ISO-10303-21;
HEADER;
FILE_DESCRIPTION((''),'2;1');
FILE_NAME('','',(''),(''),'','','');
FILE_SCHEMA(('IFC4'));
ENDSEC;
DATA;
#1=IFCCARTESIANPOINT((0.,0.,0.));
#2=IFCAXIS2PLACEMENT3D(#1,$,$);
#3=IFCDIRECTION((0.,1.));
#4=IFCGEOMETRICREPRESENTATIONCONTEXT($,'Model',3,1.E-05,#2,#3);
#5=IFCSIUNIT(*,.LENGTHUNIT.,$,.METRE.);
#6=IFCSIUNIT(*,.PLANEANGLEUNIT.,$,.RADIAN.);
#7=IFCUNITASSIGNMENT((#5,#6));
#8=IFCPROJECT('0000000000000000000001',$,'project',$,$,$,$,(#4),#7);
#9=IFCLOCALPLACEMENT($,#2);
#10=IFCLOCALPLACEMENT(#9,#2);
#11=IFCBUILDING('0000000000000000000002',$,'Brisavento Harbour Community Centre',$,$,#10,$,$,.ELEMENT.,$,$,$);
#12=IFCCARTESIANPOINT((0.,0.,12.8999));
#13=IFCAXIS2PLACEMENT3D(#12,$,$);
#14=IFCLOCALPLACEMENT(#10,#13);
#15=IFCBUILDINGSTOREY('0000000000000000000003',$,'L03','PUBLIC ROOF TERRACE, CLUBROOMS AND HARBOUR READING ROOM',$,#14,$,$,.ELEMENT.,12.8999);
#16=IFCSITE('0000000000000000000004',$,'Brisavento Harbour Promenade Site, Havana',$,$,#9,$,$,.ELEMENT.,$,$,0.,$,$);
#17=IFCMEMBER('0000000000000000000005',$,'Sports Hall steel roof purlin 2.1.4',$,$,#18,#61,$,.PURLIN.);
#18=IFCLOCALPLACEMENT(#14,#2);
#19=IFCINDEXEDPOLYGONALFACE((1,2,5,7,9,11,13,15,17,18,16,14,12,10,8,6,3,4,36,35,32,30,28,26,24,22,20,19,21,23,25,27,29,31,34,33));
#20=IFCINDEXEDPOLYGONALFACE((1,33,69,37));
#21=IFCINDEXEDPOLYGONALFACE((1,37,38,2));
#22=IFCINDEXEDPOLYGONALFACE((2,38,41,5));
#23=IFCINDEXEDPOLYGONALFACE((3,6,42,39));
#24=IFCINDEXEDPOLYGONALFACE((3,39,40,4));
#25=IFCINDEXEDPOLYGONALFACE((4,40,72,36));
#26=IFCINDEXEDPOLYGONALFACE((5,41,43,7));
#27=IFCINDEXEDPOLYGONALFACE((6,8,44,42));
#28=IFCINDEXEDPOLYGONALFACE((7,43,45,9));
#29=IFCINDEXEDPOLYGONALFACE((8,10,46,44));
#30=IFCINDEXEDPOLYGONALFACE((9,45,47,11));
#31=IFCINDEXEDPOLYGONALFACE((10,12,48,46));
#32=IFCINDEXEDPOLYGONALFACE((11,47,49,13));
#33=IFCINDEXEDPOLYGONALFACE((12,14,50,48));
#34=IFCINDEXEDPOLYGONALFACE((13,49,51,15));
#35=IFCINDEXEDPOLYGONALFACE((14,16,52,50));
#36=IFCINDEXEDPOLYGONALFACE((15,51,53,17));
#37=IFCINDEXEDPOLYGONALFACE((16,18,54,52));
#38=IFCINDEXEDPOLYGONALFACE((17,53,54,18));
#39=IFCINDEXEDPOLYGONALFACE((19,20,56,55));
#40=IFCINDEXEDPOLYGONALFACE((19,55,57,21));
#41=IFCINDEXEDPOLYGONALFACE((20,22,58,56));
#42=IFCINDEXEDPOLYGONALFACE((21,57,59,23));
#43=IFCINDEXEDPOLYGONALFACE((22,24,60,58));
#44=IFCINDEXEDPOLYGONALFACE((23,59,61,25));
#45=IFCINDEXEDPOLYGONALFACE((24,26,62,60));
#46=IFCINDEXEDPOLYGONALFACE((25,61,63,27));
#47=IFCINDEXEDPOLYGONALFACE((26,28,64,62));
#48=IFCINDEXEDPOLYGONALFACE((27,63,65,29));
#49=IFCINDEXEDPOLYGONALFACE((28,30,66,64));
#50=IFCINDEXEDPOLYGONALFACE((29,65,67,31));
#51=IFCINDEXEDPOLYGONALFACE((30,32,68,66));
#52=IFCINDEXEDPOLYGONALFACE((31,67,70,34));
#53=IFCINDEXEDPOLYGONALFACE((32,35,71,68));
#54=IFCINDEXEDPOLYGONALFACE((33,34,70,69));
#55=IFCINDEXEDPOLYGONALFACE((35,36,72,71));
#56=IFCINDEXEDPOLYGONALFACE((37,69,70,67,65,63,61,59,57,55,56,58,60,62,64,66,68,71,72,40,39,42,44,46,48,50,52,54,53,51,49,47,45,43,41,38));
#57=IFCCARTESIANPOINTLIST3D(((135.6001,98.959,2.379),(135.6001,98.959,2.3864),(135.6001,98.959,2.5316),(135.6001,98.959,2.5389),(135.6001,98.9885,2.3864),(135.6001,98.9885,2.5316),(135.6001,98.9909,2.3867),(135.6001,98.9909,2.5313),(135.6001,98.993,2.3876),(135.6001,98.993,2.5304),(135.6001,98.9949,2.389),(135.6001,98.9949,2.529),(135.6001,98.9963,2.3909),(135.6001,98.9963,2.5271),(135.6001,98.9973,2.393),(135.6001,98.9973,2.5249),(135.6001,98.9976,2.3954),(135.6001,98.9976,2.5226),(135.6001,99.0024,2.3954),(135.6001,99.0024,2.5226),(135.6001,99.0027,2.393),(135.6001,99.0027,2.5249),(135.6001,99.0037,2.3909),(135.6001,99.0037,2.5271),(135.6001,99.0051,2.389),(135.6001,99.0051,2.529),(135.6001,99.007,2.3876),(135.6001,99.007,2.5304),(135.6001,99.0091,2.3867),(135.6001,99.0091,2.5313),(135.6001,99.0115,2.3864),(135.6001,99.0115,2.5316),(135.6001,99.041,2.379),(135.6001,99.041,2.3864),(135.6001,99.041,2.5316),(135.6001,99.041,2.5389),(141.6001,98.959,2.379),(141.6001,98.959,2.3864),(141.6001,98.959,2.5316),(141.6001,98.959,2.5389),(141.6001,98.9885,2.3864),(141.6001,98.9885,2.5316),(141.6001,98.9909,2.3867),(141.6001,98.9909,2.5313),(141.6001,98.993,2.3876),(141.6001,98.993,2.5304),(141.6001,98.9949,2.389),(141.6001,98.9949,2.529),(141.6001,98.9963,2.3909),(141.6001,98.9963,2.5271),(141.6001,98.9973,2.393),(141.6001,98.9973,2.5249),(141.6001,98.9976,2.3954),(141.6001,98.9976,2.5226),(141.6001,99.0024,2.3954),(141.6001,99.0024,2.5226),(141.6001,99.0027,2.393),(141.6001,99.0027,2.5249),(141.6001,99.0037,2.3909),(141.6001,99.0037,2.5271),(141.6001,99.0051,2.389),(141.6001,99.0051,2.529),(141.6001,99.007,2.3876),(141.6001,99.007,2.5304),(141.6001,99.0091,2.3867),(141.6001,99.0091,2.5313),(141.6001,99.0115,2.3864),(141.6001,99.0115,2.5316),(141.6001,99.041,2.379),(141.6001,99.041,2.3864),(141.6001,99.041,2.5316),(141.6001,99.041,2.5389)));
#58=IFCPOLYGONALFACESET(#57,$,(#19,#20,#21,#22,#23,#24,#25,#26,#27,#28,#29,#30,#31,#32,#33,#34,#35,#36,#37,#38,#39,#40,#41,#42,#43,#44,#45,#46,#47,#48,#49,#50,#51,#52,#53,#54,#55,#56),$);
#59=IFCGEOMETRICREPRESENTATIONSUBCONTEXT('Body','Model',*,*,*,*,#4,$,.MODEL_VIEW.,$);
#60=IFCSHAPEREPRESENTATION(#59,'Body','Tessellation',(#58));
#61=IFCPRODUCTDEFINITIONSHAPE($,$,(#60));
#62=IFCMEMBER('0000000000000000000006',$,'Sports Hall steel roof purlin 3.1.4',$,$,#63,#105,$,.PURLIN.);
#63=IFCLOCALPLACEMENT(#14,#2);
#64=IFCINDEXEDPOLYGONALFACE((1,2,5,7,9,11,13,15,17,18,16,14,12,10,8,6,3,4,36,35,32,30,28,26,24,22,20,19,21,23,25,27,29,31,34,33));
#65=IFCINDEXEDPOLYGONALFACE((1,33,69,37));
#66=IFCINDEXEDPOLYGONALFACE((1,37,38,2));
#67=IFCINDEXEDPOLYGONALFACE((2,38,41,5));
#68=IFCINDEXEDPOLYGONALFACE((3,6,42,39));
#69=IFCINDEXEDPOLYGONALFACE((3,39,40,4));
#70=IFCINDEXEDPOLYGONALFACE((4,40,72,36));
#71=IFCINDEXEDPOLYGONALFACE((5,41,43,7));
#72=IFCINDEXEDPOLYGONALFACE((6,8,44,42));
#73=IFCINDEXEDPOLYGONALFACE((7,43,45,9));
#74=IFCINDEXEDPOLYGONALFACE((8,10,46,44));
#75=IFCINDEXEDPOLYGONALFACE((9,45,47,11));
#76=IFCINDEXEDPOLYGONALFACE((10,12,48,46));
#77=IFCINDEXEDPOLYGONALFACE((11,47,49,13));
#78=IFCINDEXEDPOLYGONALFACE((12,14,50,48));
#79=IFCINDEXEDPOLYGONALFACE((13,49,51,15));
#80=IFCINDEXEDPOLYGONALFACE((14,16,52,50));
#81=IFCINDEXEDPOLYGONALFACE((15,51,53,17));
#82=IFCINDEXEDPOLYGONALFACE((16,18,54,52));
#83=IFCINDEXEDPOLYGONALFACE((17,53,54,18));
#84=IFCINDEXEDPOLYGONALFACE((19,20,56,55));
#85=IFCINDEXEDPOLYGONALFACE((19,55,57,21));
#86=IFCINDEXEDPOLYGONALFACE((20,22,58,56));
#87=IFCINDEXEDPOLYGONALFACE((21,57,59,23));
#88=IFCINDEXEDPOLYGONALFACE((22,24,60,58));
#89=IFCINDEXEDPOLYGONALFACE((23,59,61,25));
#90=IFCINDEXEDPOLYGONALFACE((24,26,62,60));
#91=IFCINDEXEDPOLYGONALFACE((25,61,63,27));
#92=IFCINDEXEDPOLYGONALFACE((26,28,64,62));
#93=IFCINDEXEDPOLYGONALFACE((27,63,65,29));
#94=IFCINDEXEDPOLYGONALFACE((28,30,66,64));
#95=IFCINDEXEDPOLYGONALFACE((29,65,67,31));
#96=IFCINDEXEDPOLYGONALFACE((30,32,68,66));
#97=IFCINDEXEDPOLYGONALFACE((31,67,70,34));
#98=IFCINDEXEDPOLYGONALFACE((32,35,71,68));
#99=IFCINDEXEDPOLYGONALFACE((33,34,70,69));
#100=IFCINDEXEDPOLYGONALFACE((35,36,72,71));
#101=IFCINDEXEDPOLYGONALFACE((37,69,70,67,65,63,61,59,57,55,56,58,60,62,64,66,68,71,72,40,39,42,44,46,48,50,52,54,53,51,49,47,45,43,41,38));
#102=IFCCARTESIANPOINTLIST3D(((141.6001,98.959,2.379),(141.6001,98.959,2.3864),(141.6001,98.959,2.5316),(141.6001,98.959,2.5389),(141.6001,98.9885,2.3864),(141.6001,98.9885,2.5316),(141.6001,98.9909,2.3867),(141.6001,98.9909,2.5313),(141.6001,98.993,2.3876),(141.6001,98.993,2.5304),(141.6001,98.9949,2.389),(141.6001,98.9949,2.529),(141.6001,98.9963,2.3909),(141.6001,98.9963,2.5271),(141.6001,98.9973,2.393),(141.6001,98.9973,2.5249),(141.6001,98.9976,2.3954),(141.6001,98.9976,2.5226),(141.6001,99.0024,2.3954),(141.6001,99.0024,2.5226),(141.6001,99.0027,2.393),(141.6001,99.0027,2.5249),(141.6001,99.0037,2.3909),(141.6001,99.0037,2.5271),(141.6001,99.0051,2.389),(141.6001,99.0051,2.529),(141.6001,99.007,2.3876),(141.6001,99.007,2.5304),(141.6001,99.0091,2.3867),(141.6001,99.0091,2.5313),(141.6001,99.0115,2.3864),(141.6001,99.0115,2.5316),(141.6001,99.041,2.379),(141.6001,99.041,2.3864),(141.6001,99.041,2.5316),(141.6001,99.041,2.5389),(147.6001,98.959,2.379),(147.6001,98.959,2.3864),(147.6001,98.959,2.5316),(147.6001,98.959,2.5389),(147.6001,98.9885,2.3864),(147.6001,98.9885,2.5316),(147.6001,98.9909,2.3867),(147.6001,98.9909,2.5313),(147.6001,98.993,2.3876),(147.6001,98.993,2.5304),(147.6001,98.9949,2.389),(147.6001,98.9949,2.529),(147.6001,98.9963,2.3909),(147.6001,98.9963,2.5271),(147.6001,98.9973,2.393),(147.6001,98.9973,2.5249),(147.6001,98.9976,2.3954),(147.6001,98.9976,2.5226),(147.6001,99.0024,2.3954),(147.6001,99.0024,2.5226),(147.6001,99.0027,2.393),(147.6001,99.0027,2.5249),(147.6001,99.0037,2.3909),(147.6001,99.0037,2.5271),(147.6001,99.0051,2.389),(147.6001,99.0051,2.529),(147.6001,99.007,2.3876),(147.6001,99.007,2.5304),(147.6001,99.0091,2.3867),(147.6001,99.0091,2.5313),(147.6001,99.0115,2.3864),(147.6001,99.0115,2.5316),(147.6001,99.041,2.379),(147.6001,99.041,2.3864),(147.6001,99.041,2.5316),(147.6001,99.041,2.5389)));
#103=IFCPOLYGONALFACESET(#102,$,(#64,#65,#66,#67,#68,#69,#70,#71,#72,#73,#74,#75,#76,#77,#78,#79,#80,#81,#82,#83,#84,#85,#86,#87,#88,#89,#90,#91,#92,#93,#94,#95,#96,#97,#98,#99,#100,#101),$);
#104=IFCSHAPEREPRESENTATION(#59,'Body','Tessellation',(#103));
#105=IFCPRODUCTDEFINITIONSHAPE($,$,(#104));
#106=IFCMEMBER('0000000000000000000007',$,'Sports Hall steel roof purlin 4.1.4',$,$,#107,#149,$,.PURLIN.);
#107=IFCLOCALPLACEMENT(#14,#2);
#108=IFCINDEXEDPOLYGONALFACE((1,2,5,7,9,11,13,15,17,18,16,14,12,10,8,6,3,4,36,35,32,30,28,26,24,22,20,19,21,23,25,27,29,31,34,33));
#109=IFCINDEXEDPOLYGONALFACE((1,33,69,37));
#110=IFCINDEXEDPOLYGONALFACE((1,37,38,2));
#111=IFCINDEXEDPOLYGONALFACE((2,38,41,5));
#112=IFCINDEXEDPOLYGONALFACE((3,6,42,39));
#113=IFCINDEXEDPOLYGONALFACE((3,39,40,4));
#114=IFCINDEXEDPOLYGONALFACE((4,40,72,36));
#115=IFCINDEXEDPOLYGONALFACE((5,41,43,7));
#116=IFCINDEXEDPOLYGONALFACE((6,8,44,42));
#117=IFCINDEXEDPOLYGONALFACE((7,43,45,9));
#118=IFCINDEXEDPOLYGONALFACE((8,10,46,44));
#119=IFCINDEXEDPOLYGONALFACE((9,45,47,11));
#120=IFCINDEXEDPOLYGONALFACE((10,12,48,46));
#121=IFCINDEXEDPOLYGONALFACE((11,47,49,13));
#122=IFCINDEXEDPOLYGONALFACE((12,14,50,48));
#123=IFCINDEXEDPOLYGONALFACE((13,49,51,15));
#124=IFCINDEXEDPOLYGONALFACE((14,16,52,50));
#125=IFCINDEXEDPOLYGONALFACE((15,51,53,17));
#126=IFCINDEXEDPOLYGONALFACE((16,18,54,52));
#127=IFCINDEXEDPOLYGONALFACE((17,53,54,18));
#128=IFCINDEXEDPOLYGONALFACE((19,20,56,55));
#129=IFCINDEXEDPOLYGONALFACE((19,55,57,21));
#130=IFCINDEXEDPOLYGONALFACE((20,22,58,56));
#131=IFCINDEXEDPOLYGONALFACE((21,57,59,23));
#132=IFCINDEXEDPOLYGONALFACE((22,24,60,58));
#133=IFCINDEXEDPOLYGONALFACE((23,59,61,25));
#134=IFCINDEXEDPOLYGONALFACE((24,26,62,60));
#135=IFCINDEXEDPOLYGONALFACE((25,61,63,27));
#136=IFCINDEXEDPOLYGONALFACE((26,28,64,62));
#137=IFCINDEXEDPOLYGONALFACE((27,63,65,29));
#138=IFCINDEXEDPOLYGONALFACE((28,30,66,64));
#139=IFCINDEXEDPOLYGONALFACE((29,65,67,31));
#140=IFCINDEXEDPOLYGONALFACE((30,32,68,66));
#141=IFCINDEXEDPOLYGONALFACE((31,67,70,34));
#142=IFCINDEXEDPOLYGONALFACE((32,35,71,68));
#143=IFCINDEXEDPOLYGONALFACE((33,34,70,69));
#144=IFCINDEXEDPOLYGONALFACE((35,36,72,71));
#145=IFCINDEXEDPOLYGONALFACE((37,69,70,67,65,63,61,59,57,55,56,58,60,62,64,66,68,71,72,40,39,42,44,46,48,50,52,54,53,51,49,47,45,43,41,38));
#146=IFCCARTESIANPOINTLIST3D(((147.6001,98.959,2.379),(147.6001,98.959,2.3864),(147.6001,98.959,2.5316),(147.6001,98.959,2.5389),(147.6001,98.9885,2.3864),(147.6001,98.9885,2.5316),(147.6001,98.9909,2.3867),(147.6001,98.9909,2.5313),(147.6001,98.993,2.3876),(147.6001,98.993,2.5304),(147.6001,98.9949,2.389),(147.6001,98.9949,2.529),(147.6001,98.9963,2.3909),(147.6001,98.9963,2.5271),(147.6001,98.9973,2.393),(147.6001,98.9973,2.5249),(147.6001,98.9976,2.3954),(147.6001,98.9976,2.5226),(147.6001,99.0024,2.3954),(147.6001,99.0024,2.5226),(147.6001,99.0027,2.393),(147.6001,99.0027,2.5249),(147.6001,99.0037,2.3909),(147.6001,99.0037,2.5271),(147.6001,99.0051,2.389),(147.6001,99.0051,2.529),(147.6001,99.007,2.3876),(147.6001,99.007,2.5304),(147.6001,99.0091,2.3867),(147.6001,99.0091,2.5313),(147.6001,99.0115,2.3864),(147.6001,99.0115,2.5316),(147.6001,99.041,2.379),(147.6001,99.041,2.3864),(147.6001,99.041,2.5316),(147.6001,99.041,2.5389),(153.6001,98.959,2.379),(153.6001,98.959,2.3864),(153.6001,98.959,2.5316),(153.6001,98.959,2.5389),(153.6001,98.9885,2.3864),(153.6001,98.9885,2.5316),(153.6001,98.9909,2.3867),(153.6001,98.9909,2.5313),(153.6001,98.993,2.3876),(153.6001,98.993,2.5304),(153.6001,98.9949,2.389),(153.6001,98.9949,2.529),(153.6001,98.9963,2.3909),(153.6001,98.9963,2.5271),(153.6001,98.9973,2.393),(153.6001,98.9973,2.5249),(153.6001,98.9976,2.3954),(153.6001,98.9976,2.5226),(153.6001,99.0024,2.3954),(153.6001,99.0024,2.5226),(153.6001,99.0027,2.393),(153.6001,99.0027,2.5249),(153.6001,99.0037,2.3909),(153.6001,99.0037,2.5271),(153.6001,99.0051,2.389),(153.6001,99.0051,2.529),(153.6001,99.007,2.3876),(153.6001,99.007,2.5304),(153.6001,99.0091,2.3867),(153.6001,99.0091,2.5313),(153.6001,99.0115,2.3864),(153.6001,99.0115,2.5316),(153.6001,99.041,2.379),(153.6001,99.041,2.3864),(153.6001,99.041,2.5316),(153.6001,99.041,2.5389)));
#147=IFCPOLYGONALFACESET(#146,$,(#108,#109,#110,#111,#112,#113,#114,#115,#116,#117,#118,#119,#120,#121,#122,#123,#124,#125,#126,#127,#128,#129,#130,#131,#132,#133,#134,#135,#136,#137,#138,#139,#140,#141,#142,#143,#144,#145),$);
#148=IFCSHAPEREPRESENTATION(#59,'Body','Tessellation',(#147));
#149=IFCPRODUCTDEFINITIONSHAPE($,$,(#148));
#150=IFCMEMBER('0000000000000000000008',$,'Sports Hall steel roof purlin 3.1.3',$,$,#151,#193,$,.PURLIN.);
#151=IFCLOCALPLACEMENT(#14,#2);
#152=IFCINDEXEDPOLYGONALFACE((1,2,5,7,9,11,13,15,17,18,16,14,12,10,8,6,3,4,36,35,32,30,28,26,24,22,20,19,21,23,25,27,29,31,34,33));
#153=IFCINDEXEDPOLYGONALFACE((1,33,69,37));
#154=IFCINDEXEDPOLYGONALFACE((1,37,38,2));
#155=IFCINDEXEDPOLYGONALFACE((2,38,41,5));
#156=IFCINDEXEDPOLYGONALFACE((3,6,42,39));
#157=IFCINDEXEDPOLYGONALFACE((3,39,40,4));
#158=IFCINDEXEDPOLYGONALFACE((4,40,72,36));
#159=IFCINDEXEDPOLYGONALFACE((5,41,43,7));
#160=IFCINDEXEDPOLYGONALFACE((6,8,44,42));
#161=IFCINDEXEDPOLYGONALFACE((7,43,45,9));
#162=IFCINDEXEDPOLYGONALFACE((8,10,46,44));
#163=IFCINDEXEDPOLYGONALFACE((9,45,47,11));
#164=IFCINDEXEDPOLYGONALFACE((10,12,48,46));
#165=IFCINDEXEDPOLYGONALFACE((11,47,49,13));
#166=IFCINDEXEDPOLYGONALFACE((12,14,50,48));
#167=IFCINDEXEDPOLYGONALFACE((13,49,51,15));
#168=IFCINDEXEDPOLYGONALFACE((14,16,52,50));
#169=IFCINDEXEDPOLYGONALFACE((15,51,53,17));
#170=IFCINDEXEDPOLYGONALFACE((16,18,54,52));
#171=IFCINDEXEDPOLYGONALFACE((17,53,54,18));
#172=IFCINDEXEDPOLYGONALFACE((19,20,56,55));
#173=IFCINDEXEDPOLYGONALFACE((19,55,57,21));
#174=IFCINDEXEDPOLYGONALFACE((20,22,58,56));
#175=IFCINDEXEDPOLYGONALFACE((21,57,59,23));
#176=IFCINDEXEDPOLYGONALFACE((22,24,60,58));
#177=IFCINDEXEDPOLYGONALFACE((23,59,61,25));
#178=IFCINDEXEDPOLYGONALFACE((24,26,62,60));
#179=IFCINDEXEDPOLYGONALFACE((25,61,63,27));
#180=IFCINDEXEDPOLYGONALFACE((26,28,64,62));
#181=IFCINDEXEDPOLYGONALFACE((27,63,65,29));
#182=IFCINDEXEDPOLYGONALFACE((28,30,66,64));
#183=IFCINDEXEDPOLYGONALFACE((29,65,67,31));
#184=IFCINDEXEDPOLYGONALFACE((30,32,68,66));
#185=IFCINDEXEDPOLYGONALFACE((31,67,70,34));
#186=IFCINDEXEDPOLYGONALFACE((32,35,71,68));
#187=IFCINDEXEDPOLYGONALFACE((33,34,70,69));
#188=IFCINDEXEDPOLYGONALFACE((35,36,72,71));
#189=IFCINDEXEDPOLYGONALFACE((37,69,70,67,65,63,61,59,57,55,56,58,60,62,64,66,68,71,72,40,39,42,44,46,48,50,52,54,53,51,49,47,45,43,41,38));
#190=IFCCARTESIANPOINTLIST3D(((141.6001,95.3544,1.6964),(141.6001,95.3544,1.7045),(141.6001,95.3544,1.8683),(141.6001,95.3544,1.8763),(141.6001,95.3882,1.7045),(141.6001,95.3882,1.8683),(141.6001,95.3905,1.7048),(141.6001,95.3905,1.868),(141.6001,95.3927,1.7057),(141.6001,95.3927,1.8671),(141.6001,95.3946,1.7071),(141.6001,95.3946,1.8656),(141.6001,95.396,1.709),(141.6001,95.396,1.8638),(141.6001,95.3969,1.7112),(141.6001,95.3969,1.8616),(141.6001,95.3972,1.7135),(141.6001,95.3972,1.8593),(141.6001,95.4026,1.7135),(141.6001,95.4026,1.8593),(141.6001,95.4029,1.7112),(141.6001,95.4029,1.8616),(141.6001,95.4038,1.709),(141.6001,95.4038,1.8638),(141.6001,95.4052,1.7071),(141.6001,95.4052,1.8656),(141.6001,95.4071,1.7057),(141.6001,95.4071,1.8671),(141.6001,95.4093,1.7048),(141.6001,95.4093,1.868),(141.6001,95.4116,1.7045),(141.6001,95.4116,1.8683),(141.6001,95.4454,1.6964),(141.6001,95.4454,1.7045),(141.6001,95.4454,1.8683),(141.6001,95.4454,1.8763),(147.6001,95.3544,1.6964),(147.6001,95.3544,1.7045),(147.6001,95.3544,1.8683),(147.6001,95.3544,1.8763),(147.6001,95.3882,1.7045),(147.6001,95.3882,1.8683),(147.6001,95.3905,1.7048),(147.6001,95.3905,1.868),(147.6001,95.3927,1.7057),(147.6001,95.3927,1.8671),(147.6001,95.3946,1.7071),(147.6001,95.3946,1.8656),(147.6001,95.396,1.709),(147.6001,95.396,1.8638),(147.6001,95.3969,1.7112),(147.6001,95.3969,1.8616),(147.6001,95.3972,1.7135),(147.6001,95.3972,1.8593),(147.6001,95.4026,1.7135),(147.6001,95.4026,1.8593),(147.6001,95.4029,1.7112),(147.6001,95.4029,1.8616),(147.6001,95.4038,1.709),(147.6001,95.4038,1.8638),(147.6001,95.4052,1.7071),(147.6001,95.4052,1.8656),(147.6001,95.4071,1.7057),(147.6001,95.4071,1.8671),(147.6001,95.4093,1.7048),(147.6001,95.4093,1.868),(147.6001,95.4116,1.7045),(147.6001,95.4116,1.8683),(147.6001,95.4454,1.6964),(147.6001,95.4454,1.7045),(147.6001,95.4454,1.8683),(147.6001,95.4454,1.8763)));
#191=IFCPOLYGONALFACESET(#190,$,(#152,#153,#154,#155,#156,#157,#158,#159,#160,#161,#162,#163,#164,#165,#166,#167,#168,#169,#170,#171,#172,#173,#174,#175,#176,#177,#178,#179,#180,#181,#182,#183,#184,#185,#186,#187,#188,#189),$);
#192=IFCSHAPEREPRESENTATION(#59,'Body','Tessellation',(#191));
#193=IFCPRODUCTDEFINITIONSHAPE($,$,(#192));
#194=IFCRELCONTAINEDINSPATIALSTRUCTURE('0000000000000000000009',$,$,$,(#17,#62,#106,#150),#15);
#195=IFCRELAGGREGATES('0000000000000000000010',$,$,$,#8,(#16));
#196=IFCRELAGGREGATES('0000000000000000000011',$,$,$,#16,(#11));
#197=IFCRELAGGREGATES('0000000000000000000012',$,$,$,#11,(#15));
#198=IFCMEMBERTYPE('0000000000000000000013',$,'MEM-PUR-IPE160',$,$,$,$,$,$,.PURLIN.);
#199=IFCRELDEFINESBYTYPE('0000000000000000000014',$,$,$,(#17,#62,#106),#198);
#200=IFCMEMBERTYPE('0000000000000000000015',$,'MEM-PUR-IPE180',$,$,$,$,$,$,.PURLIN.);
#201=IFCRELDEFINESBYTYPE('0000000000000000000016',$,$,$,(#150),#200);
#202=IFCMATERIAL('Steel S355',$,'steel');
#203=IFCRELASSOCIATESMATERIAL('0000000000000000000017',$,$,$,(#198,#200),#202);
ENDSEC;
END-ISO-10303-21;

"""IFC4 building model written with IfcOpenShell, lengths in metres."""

from ifc_helpers import new_model, si_unit, direction, frame, origin, origin_2d, place, context, subcontext, project, spatial, i_section, extrude, material, material_profile, profile_set, type_object, element, save


model = new_model("IFC4")

# Units and contexts
model_context = context("Model", 3, precision=1e-05, world=origin(), true_north=direction((0.0, 1.0)))
body_context = subcontext(model_context, "Body", "Model", "MODEL_VIEW")
ifc_project = project(units=[si_unit("LENGTHUNIT", "METRE"), si_unit("PLANEANGLEUNIT", "RADIAN")], contexts=[model_context])

# Site, building, storey
site_placement = place(None, origin())
site = spatial("IfcSite", under=ifc_project, at=site_placement, Name="Brisavento Harbour Promenade Site, Havana", CompositionType="ELEMENT", RefElevation=0.0)
building_placement = place(site_placement, origin())
building = spatial("IfcBuilding", under=site, at=building_placement, Name="Brisavento Harbour Community Centre", CompositionType="ELEMENT")
storey_placement = place(building_placement, frame((0.0, 0.0, 12.8999)))
storey = spatial("IfcBuildingStorey", under=building, at=storey_placement, Name="L03", Description="PUBLIC ROOF TERRACE, CLUBROOMS AND HARBOUR READING ROOM", CompositionType="ELEMENT", Elevation=12.8999)

# Members
ifc_material = material(Name="Steel S355", Category="steel")
ifc_material_profile_1 = material_profile(ifc_material, i_section(OverallWidth=0.082, OverallDepth=0.1599, WebThickness=0.0049, FlangeThickness=0.0073, FilletRadius=0.009, at=origin_2d()), Name="Steel S355")
ifc_profile_set_1 = profile_set([ifc_material_profile_1], Name="Steel S355")
member_type_1 = type_object("IfcMemberType", Name="MEM-PUR-IPE160", PredefinedType="PURLIN", material=ifc_profile_set_1)
for number, where, z_axis, x_axis, name in (
    (1, (135.6001, 99.0, 2.459), (1.0, 0.0, 0.0), (0.0, 1.0, 0.0), "Sports Hall steel roof purlin 2.1.4"),
    (2, (141.6001, 99.0, 2.459), (1.0, 0.0, 0.0), (0.0, 1.0, 0.0), "Sports Hall steel roof purlin 3.1.4"),
    (3, (147.6001, 99.0, 2.459), (1.0, 0.0, 0.0), (0.0, 1.0, 0.0), "Sports Hall steel roof purlin 4.1.4"),
):
    element("IfcMember", number, at=place(storey_placement, frame(where, z_axis=z_axis, x_axis=x_axis)), inside=storey, type_object=member_type_1, Name=name, PredefinedType="PURLIN", context=body_context, shape_type="SweptSolid", body=[
        extrude(i_section(OverallWidth=0.082, OverallDepth=0.1599, WebThickness=0.0049, FlangeThickness=0.0073, FilletRadius=0.009, at=origin_2d()), origin(), (0.0, 0.0, 1.0), 6.0),
    ])
ifc_material_profile_2 = material_profile(ifc_material, i_section(OverallWidth=0.0911, OverallDepth=0.1799, WebThickness=0.0054, FlangeThickness=0.0081, FilletRadius=0.009, at=origin_2d()), Name="Steel S355")
ifc_profile_set_2 = profile_set([ifc_material_profile_2], Name="Steel S355")
member_type_2 = type_object("IfcMemberType", Name="MEM-PUR-IPE180", PredefinedType="PURLIN", material=ifc_profile_set_2)
for number, where, z_axis, x_axis, name in (
    (4, (141.6001, 95.3999, 1.7864), (1.0, 0.0, 0.0), (0.0, 1.0, 0.0), "Sports Hall steel roof purlin 3.1.3"),
):
    element("IfcMember", number, at=place(storey_placement, frame(where, z_axis=z_axis, x_axis=x_axis)), inside=storey, type_object=member_type_2, Name=name, PredefinedType="PURLIN", context=body_context, shape_type="SweptSolid", body=[
        extrude(i_section(OverallWidth=0.0911, OverallDepth=0.1799, WebThickness=0.0054, FlangeThickness=0.0081, FilletRadius=0.009, at=origin_2d()), origin(), (0.0, 0.0, 1.0), 6.0),
    ])

save(model, "model.ifc")
